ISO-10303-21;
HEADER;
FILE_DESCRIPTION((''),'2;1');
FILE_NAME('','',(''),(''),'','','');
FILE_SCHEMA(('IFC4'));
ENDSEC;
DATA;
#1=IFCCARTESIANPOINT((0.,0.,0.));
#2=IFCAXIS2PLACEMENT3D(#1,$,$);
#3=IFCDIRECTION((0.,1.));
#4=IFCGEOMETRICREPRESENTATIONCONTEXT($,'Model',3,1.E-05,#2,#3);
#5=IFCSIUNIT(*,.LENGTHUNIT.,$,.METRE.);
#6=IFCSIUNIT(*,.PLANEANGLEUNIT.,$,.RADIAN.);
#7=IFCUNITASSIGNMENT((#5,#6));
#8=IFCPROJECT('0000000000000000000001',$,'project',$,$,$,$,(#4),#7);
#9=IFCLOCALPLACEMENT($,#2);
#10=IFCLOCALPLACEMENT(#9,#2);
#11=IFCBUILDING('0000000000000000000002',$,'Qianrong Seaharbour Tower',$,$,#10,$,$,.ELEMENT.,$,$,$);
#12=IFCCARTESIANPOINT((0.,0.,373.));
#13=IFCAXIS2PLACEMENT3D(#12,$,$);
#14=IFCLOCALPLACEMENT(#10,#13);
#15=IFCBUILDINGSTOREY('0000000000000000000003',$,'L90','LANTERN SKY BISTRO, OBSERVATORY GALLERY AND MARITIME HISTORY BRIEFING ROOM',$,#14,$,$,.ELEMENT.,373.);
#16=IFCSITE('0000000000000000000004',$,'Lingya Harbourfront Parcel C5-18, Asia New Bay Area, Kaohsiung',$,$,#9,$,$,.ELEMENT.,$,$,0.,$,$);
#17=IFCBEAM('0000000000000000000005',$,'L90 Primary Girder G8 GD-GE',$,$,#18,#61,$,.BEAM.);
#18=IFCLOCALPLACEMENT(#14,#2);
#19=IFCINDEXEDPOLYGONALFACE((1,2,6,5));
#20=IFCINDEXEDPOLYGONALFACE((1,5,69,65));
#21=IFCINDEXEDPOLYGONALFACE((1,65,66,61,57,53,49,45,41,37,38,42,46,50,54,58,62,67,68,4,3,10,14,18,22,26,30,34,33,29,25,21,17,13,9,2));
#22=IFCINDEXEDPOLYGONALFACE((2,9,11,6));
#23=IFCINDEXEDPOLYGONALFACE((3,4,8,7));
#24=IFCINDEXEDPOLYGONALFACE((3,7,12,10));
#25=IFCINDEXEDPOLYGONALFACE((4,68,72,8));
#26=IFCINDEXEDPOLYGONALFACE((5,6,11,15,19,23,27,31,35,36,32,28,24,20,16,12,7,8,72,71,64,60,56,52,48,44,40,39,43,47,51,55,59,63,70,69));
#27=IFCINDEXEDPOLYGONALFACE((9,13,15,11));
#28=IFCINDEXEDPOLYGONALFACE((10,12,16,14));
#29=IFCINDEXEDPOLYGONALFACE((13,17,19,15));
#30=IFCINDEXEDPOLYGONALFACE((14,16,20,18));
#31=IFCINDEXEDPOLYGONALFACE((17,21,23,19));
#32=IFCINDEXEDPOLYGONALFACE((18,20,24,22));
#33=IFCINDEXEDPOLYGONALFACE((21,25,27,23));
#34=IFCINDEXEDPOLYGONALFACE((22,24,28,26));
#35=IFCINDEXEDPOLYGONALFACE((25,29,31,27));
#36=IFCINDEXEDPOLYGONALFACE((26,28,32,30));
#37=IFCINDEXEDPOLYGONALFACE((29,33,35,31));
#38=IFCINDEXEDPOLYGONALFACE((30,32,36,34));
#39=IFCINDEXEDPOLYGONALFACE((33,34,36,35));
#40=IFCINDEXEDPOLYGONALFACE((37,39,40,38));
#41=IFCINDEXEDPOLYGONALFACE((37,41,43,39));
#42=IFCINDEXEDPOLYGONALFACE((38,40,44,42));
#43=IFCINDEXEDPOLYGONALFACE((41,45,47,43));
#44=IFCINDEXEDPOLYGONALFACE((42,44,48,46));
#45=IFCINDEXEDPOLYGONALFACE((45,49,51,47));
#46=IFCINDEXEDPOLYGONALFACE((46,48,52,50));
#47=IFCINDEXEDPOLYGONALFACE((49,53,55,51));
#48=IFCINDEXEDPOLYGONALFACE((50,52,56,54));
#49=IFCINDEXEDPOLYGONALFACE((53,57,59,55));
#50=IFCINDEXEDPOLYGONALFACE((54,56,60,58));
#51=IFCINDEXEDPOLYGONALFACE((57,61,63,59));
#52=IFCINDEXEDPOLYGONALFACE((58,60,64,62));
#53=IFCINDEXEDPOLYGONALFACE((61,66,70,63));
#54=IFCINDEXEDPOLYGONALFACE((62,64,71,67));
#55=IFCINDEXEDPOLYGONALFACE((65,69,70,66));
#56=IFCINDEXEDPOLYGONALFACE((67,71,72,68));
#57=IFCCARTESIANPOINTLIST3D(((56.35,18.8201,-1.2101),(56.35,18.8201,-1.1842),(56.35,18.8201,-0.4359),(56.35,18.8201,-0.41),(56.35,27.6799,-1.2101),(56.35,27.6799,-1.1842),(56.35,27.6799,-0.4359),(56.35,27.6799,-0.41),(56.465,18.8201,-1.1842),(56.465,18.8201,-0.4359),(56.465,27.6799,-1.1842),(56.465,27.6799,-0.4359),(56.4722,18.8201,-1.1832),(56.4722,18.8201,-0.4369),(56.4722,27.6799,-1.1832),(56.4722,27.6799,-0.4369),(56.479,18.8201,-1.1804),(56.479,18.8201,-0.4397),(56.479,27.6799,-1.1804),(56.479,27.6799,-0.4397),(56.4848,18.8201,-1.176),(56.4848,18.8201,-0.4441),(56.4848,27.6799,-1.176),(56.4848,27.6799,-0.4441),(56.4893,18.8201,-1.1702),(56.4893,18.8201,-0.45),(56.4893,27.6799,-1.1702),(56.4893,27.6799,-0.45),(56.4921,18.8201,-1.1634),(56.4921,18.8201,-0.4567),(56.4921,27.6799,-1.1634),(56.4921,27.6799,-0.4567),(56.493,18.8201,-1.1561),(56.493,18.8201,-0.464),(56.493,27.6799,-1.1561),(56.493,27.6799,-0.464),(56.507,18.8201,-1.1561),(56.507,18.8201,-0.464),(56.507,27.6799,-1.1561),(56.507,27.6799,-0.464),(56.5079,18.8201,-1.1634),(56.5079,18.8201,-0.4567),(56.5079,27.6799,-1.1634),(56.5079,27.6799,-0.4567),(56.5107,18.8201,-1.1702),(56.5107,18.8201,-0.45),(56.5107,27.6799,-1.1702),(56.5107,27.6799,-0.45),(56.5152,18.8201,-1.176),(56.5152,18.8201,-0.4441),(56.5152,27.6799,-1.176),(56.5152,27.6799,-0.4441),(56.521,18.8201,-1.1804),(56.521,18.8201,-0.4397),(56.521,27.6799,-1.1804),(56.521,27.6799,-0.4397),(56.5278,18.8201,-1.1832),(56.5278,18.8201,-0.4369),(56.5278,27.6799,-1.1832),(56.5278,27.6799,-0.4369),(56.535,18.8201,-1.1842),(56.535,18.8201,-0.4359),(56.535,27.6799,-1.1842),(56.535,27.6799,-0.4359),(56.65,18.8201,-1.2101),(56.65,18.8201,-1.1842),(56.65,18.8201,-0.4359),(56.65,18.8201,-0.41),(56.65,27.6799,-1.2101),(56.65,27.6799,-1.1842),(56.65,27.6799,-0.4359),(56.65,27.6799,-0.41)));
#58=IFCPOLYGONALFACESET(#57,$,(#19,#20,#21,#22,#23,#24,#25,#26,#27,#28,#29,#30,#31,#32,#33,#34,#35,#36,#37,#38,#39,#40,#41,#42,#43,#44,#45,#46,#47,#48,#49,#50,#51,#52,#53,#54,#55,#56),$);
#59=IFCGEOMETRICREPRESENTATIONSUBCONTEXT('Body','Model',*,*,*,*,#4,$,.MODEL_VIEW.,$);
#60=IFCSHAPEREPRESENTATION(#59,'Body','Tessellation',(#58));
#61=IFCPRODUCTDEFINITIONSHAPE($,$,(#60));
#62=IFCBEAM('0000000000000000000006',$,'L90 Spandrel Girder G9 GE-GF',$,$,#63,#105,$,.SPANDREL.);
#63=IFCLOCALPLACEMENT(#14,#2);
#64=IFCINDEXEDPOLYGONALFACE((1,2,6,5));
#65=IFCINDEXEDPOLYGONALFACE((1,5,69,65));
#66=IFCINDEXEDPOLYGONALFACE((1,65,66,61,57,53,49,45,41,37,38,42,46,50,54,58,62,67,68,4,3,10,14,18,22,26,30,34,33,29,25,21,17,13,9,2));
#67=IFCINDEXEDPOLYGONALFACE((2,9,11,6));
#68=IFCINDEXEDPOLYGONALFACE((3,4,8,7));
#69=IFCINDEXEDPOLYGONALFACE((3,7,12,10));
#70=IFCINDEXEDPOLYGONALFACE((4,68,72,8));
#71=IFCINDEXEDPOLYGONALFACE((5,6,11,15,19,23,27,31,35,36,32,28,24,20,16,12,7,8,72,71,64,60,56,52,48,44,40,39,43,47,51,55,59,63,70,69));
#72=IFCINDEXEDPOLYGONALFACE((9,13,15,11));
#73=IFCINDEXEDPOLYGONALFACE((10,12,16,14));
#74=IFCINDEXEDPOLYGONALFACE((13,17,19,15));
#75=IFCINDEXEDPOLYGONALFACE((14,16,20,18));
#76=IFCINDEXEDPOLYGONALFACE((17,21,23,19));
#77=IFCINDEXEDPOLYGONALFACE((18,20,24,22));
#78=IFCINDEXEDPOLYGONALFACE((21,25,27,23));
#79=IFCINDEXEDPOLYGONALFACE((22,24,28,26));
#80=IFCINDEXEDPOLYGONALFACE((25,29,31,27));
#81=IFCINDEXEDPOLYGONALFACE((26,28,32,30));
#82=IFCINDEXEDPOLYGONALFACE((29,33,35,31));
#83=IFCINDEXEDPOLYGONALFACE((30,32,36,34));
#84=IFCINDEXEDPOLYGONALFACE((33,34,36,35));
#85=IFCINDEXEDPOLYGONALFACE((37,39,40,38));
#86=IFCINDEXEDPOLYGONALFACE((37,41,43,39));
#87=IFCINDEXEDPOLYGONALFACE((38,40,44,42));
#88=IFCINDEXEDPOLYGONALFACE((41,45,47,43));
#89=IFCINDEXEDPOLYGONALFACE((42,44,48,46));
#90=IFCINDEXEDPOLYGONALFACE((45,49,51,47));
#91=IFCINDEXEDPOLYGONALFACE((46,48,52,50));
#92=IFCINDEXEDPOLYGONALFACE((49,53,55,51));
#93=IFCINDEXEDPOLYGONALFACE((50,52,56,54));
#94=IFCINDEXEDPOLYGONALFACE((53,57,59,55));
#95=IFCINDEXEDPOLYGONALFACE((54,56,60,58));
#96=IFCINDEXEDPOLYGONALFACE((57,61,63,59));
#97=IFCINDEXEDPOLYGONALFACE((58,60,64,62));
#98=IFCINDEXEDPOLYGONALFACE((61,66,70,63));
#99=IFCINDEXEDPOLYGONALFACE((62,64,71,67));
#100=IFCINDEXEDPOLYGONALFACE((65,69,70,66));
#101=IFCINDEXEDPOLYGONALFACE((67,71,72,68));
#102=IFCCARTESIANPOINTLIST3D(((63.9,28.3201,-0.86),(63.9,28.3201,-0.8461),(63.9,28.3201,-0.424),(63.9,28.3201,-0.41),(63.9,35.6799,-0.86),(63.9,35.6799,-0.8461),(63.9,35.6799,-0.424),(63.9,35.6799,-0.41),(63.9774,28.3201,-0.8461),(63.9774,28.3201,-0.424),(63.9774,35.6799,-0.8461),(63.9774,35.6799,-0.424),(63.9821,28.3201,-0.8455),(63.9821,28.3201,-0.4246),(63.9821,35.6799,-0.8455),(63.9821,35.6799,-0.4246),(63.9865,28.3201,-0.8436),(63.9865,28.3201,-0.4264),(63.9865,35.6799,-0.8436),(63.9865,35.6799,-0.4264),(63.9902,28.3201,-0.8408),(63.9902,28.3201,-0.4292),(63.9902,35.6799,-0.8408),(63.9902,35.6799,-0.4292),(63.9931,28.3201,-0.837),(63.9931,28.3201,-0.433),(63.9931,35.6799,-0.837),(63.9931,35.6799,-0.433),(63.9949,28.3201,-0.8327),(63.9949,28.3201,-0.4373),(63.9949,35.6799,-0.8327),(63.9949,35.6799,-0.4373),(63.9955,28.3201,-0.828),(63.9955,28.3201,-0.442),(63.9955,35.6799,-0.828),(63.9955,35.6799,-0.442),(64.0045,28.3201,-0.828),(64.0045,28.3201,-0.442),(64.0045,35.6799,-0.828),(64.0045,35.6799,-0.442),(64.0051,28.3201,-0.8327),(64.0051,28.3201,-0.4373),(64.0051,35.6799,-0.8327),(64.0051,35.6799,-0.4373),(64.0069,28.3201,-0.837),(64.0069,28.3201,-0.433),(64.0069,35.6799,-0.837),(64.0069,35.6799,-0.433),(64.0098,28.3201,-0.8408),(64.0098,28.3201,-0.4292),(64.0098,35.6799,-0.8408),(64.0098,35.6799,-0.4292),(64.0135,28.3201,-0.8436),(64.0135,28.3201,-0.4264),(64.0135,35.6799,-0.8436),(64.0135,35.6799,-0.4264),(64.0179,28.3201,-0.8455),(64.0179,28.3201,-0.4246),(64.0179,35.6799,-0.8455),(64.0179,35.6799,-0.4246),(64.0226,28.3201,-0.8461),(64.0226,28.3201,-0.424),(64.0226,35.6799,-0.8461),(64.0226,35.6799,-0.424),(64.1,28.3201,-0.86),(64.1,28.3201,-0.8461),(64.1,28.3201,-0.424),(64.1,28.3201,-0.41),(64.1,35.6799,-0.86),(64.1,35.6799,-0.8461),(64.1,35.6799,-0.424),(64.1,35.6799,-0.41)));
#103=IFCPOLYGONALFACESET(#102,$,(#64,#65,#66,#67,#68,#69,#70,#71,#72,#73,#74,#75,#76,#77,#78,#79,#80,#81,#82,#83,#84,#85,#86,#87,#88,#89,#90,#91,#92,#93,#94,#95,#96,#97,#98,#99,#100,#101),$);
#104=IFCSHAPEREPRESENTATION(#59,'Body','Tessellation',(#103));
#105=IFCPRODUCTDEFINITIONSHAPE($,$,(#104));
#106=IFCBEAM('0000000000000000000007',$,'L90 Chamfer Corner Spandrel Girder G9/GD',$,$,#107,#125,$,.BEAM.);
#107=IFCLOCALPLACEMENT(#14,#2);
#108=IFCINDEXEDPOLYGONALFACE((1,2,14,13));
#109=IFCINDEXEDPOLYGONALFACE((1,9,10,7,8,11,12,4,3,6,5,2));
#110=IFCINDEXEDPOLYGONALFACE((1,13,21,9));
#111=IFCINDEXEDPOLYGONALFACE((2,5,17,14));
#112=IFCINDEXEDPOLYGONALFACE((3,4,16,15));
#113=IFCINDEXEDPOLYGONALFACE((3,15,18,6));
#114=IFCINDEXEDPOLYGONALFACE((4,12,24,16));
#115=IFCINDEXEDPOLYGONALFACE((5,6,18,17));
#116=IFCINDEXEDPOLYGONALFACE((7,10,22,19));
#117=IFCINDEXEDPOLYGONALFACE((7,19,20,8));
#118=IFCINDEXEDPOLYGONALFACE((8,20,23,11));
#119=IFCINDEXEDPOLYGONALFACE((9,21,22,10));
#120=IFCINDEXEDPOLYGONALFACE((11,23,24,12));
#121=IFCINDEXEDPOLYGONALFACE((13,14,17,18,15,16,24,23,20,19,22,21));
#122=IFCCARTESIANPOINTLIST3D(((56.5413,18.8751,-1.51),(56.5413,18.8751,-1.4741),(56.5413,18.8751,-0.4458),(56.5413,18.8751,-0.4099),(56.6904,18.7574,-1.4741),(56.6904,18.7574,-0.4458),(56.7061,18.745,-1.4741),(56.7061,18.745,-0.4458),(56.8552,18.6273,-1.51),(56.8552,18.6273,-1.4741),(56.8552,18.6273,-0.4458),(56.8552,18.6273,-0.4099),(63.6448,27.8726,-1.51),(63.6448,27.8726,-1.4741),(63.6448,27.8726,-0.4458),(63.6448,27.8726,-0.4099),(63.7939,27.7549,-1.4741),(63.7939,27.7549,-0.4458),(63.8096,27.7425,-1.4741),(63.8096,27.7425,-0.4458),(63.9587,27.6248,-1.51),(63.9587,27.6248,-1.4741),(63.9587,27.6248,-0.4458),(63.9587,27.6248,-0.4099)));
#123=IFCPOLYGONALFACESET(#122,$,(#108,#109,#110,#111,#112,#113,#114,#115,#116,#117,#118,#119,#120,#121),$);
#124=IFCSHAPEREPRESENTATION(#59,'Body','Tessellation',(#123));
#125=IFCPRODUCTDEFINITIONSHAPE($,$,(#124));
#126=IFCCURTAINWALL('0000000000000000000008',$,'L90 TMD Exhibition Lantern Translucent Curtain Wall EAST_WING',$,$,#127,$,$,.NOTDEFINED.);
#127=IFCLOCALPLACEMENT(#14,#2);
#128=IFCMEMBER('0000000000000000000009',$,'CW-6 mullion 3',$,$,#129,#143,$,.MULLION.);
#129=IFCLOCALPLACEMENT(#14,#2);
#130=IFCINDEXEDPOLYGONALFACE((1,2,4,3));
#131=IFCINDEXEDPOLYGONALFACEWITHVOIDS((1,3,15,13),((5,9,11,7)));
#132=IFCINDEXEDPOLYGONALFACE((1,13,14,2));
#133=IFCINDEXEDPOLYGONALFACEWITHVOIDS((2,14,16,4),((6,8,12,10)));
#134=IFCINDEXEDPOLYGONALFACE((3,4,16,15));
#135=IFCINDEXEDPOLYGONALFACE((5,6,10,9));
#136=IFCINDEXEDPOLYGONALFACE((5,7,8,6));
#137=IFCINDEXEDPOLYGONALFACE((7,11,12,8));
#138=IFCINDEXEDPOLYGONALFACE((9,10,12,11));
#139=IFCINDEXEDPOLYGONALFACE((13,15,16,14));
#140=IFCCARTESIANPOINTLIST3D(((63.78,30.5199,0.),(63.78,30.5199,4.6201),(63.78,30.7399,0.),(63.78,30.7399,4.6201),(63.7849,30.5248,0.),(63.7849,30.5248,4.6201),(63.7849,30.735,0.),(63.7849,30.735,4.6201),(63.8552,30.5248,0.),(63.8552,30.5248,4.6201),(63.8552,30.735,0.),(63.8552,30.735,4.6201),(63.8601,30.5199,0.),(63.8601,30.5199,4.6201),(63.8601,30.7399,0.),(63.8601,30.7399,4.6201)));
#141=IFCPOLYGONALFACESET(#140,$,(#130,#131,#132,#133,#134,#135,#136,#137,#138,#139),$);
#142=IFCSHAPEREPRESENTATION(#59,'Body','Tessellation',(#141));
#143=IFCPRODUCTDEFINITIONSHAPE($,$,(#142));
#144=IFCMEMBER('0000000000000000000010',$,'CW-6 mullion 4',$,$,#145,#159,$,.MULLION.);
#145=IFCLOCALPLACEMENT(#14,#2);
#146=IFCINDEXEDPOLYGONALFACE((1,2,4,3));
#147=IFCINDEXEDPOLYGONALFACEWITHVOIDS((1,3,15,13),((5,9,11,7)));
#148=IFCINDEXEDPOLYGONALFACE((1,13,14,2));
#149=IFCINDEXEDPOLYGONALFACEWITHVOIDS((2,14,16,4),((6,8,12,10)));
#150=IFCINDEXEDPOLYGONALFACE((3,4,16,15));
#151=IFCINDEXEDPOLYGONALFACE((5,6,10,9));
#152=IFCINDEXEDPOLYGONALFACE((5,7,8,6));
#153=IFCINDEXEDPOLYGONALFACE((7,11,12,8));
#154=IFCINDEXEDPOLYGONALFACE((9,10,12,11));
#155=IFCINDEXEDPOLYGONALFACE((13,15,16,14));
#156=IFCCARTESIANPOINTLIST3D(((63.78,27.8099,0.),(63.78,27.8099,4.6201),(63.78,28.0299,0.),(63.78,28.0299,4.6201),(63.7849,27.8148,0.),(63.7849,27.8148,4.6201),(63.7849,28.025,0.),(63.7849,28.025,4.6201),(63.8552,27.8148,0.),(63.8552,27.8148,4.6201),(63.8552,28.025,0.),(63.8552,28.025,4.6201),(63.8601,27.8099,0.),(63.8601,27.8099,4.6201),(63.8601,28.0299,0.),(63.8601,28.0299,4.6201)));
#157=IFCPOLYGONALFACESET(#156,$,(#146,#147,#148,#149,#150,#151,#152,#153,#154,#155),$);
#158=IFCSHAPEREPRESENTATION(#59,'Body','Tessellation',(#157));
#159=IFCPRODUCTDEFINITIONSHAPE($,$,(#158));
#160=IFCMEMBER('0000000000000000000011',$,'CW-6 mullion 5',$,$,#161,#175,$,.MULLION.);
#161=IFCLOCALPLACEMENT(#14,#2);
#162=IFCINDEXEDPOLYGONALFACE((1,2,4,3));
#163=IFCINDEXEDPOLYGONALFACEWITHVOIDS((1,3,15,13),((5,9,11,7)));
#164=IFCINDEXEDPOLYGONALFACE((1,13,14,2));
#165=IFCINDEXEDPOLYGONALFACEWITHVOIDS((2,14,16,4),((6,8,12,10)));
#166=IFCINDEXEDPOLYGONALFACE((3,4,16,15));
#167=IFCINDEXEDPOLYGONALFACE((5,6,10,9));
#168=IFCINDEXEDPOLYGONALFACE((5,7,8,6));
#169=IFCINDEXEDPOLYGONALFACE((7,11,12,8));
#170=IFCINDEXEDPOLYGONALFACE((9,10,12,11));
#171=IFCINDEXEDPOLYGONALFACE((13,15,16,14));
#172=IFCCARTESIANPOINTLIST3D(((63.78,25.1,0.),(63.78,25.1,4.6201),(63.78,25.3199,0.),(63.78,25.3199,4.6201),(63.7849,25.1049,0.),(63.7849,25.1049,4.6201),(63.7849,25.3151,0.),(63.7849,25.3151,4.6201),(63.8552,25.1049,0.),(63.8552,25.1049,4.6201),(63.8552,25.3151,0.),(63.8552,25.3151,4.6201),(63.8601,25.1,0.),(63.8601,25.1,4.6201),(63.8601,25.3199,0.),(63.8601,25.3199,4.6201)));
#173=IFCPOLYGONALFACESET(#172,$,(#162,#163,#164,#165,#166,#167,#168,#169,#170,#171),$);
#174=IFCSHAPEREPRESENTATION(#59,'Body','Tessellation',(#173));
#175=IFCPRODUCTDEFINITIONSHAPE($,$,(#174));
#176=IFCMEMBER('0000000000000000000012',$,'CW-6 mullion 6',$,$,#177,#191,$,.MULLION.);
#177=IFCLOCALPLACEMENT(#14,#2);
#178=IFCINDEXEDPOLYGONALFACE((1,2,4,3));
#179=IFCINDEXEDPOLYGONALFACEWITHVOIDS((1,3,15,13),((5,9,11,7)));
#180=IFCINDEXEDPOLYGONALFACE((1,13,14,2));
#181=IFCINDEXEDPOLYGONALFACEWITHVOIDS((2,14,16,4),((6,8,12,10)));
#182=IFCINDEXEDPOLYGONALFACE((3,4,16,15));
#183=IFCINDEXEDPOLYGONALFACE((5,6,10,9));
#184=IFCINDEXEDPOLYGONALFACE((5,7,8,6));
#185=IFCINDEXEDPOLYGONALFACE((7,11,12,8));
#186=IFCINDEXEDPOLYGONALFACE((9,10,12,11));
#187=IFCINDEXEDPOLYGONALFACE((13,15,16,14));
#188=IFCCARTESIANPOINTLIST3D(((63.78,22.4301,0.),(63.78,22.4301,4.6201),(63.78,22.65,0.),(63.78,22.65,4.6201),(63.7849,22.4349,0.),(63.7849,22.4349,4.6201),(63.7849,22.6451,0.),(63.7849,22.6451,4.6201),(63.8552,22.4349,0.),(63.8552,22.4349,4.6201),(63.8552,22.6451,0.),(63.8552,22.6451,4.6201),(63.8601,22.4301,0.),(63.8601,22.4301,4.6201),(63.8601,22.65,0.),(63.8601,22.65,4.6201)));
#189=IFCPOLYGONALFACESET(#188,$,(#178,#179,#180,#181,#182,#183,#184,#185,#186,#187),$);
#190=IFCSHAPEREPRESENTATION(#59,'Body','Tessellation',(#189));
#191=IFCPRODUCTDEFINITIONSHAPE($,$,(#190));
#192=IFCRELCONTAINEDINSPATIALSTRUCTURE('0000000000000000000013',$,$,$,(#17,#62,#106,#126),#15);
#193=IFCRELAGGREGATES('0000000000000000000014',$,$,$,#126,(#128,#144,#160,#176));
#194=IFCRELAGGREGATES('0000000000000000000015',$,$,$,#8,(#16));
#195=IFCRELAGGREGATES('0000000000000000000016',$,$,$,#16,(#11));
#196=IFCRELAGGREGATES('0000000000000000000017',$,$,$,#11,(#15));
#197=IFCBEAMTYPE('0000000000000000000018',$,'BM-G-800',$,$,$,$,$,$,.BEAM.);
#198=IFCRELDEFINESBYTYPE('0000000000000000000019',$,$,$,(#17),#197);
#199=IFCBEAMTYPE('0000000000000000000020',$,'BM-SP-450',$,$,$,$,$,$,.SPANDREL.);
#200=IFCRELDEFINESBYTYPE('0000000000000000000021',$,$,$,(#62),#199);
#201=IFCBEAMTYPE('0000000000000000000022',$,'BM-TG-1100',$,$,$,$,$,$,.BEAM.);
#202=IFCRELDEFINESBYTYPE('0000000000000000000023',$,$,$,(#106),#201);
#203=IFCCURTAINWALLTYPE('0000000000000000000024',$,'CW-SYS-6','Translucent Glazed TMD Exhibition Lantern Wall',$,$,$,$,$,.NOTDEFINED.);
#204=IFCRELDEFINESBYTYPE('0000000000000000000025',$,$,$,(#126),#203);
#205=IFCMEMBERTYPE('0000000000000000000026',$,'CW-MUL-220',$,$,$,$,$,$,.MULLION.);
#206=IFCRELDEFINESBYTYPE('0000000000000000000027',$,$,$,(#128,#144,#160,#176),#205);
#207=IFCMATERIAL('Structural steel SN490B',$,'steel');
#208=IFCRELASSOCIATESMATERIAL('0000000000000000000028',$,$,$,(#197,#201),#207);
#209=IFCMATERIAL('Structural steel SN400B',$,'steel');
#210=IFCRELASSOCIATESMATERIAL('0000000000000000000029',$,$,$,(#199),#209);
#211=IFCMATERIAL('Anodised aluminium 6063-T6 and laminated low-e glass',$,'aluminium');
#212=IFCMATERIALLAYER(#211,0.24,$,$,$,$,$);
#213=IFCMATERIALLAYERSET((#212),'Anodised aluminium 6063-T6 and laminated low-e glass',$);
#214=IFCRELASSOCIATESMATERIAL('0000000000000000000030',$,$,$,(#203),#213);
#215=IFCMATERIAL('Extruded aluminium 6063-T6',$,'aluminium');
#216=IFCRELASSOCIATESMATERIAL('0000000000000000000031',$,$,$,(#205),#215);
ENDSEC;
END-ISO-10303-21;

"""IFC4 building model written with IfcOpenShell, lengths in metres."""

from ifc_helpers import new_model, si_unit, direction, frame, origin, origin_2d, place, context, subcontext, project, spatial, hollow_rectangle, i_section, extrude, material, layer, layer_set, material_profile, profile_set, type_object, element, aggregate, save


model = new_model("IFC4")

# Units and contexts
model_context = context("Model", 3, precision=1e-05, world=origin(), true_north=direction((0.0, 1.0)))
body_context = subcontext(model_context, "Body", "Model", "MODEL_VIEW")
ifc_project = project(units=[si_unit("LENGTHUNIT", "METRE"), si_unit("PLANEANGLEUNIT", "RADIAN")], contexts=[model_context])

# Site, building, storey
site_placement = place(None, origin())
site = spatial("IfcSite", under=ifc_project, at=site_placement, Name="Lingya Harbourfront Parcel C5-18, Asia New Bay Area, Kaohsiung", CompositionType="ELEMENT", RefElevation=0.0)
building_placement = place(site_placement, origin())
building = spatial("IfcBuilding", under=site, at=building_placement, Name="Qianrong Seaharbour Tower", CompositionType="ELEMENT")
storey_placement = place(building_placement, frame((0.0, 0.0, 373.0)))
storey = spatial("IfcBuildingStorey", under=building, at=storey_placement, Name="L90", Description="LANTERN SKY BISTRO, OBSERVATORY GALLERY AND MARITIME HISTORY BRIEFING ROOM", CompositionType="ELEMENT", Elevation=373.0)

# Shared definitions
ifc_material_1 = material(Name="Structural steel SN490B", Category="steel")
ifc_material_2 = material(Name="Structural steel SN400B", Category="steel")

# Beams
ifc_material_profile_1 = material_profile(ifc_material_1, i_section(OverallWidth=0.3, OverallDepth=0.8, WebThickness=0.0139, FlangeThickness=0.0259, FilletRadius=0.0281, at=origin_2d()), Name="H800x300x14x26")
ifc_profile_set_1 = profile_set([ifc_material_profile_1], Name="Structural steel SN490B")
beam_type_1 = type_object("IfcBeamType", Name="BM-G-800", PredefinedType="BEAM", material=ifc_profile_set_1)
beam_1_placement = place(storey_placement, frame((56.5, 18.8201, -0.8101), z_axis=(0.0, 1.0, 0.0), x_axis=(-1.0, 0.0, 0.0)))
element("IfcBeam", 1, at=beam_1_placement, inside=storey, type_object=beam_type_1, Name="L90 Primary Girder G8 GD-GE", PredefinedType="BEAM", context=body_context, shape_type="SweptSolid", body=[
    extrude(i_section(OverallWidth=0.3, OverallDepth=0.8, WebThickness=0.0139, FlangeThickness=0.0259, FilletRadius=0.0281, at=origin_2d()), origin(), (0.0, 0.0, 1.0), 8.8599),
])
ifc_material_profile_2 = material_profile(ifc_material_2, i_section(OverallWidth=0.2, OverallDepth=0.45, WebThickness=0.009, FlangeThickness=0.0139, FilletRadius=0.0181, at=origin_2d()), Name="H450x200x9x14")
ifc_profile_set_2 = profile_set([ifc_material_profile_2], Name="Structural steel SN400B")
beam_type_2 = type_object("IfcBeamType", Name="BM-SP-450", PredefinedType="SPANDREL", material=ifc_profile_set_2)
beam_2_placement = place(storey_placement, frame((64.0, 28.3201, -0.635), z_axis=(0.0, 1.0, 0.0), x_axis=(-1.0, 0.0, 0.0)))
element("IfcBeam", 2, at=beam_2_placement, inside=storey, type_object=beam_type_2, Name="L90 Spandrel Girder G9 GE-GF", PredefinedType="SPANDREL", context=body_context, shape_type="SweptSolid", body=[
    extrude(i_section(OverallWidth=0.2, OverallDepth=0.45, WebThickness=0.009, FlangeThickness=0.0139, FilletRadius=0.0181, at=origin_2d()), origin(), (0.0, 0.0, 1.0), 7.3599),
])
ifc_material_profile_3 = material_profile(ifc_material_1, i_section(OverallWidth=0.3999, OverallDepth=1.1001, WebThickness=0.02, FlangeThickness=0.0359, at=origin_2d()), Name="BH1100x400x20x36")
ifc_profile_set_3 = profile_set([ifc_material_profile_3], Name="Structural steel SN490B")
beam_type_3 = type_object("IfcBeamType", Name="BM-TG-1100", PredefinedType="BEAM", material=ifc_profile_set_3)
beam_3_placement = place(storey_placement, frame((56.6982, 18.7512, -0.96), z_axis=(0.619654, 0.784875, 0.0), x_axis=(-0.784875, 0.619654, 0.0)))
element("IfcBeam", 3, at=beam_3_placement, inside=storey, type_object=beam_type_3, Name="L90 Chamfer Corner Spandrel Girder G9/GD", PredefinedType="BEAM", context=body_context, shape_type="SweptSolid", body=[
    extrude(i_section(OverallWidth=0.3999, OverallDepth=1.1001, WebThickness=0.02, FlangeThickness=0.0359, at=origin_2d()), origin(), (0.0, 0.0, 1.0), 11.4636),
])

# Curtain wall, members
ifc_material_3 = material(Name="Anodised aluminium 6063-T6 and laminated low-e glass", Category="aluminium")
ifc_layer_1 = layer(ifc_material_3, 0.24)
ifc_layer_set_1 = layer_set([ifc_layer_1], Name="Anodised aluminium 6063-T6 and laminated low-e glass")
curtain_wall_type = type_object("IfcCurtainWallType", Name="CW-SYS-6", Description="Translucent Glazed TMD Exhibition Lantern Wall", PredefinedType="NOTDEFINED", material=ifc_layer_set_1)
curtain_wall_1_placement = place(storey_placement, origin())
curtain_wall_1 = element("IfcCurtainWall", 4, at=curtain_wall_1_placement, inside=storey, type_object=curtain_wall_type, Name="L90 TMD Exhibition Lantern Translucent Curtain Wall EAST_WING", PredefinedType="NOTDEFINED")
ifc_material_4 = material(Name="Extruded aluminium 6063-T6", Category="aluminium")
ifc_material_profile_4 = material_profile(ifc_material_4, hollow_rectangle(XDim=0.0801, YDim=0.22, WallThickness=0.0049, at=origin_2d()), Name="ALU-MUL-220x80x5")
ifc_profile_set_4 = profile_set([ifc_material_profile_4], Name="Extruded aluminium 6063-T6")
member_type_1 = type_object("IfcMemberType", Name="CW-MUL-220", PredefinedType="MULLION", material=ifc_profile_set_4)
member_1_placement = place(storey_placement, frame((63.8201, 30.6299, 0.0), z_axis=(0.0, 0.0, 1.0), x_axis=(1.0, 0.0, 0.0)))
member_1 = element("IfcMember", 5, at=member_1_placement, type_object=member_type_1, Name="CW-6 mullion 3", PredefinedType="MULLION", context=body_context, shape_type="SweptSolid", body=[
    extrude(hollow_rectangle(XDim=0.0801, YDim=0.22, WallThickness=0.0049, at=origin_2d()), origin(), (0.0, 0.0, 1.0), 4.6201),
])
member_2_placement = place(storey_placement, frame((63.8201, 27.9199, 0.0), z_axis=(0.0, 0.0, 1.0), x_axis=(1.0, 0.0, 0.0)))
member_2 = element("IfcMember", 6, at=member_2_placement, type_object=member_type_1, Name="CW-6 mullion 4", PredefinedType="MULLION", context=body_context, shape_type="SweptSolid", body=[
    extrude(hollow_rectangle(XDim=0.0801, YDim=0.22, WallThickness=0.0049, at=origin_2d()), origin(), (0.0, 0.0, 1.0), 4.6201),
])
member_3_placement = place(storey_placement, frame((63.8201, 25.21, 0.0), z_axis=(0.0, 0.0, 1.0), x_axis=(1.0, 0.0, 0.0)))
member_3 = element("IfcMember", 7, at=member_3_placement, type_object=member_type_1, Name="CW-6 mullion 5", PredefinedType="MULLION", context=body_context, shape_type="SweptSolid", body=[
    extrude(hollow_rectangle(XDim=0.0801, YDim=0.22, WallThickness=0.0049, at=origin_2d()), origin(), (0.0, 0.0, 1.0), 4.6201),
])
member_4_placement = place(storey_placement, frame((63.8201, 22.54, 0.0), z_axis=(0.0, 0.0, 1.0), x_axis=(1.0, 0.0, 0.0)))
member_4 = element("IfcMember", 8, at=member_4_placement, type_object=member_type_1, Name="CW-6 mullion 6", PredefinedType="MULLION", context=body_context, shape_type="SweptSolid", body=[
    extrude(hollow_rectangle(XDim=0.0801, YDim=0.22, WallThickness=0.0049, at=origin_2d()), origin(), (0.0, 0.0, 1.0), 4.6201),
])

aggregate(curtain_wall_1, [member_1, member_2, member_3, member_4])

save(model, "model.ifc")
